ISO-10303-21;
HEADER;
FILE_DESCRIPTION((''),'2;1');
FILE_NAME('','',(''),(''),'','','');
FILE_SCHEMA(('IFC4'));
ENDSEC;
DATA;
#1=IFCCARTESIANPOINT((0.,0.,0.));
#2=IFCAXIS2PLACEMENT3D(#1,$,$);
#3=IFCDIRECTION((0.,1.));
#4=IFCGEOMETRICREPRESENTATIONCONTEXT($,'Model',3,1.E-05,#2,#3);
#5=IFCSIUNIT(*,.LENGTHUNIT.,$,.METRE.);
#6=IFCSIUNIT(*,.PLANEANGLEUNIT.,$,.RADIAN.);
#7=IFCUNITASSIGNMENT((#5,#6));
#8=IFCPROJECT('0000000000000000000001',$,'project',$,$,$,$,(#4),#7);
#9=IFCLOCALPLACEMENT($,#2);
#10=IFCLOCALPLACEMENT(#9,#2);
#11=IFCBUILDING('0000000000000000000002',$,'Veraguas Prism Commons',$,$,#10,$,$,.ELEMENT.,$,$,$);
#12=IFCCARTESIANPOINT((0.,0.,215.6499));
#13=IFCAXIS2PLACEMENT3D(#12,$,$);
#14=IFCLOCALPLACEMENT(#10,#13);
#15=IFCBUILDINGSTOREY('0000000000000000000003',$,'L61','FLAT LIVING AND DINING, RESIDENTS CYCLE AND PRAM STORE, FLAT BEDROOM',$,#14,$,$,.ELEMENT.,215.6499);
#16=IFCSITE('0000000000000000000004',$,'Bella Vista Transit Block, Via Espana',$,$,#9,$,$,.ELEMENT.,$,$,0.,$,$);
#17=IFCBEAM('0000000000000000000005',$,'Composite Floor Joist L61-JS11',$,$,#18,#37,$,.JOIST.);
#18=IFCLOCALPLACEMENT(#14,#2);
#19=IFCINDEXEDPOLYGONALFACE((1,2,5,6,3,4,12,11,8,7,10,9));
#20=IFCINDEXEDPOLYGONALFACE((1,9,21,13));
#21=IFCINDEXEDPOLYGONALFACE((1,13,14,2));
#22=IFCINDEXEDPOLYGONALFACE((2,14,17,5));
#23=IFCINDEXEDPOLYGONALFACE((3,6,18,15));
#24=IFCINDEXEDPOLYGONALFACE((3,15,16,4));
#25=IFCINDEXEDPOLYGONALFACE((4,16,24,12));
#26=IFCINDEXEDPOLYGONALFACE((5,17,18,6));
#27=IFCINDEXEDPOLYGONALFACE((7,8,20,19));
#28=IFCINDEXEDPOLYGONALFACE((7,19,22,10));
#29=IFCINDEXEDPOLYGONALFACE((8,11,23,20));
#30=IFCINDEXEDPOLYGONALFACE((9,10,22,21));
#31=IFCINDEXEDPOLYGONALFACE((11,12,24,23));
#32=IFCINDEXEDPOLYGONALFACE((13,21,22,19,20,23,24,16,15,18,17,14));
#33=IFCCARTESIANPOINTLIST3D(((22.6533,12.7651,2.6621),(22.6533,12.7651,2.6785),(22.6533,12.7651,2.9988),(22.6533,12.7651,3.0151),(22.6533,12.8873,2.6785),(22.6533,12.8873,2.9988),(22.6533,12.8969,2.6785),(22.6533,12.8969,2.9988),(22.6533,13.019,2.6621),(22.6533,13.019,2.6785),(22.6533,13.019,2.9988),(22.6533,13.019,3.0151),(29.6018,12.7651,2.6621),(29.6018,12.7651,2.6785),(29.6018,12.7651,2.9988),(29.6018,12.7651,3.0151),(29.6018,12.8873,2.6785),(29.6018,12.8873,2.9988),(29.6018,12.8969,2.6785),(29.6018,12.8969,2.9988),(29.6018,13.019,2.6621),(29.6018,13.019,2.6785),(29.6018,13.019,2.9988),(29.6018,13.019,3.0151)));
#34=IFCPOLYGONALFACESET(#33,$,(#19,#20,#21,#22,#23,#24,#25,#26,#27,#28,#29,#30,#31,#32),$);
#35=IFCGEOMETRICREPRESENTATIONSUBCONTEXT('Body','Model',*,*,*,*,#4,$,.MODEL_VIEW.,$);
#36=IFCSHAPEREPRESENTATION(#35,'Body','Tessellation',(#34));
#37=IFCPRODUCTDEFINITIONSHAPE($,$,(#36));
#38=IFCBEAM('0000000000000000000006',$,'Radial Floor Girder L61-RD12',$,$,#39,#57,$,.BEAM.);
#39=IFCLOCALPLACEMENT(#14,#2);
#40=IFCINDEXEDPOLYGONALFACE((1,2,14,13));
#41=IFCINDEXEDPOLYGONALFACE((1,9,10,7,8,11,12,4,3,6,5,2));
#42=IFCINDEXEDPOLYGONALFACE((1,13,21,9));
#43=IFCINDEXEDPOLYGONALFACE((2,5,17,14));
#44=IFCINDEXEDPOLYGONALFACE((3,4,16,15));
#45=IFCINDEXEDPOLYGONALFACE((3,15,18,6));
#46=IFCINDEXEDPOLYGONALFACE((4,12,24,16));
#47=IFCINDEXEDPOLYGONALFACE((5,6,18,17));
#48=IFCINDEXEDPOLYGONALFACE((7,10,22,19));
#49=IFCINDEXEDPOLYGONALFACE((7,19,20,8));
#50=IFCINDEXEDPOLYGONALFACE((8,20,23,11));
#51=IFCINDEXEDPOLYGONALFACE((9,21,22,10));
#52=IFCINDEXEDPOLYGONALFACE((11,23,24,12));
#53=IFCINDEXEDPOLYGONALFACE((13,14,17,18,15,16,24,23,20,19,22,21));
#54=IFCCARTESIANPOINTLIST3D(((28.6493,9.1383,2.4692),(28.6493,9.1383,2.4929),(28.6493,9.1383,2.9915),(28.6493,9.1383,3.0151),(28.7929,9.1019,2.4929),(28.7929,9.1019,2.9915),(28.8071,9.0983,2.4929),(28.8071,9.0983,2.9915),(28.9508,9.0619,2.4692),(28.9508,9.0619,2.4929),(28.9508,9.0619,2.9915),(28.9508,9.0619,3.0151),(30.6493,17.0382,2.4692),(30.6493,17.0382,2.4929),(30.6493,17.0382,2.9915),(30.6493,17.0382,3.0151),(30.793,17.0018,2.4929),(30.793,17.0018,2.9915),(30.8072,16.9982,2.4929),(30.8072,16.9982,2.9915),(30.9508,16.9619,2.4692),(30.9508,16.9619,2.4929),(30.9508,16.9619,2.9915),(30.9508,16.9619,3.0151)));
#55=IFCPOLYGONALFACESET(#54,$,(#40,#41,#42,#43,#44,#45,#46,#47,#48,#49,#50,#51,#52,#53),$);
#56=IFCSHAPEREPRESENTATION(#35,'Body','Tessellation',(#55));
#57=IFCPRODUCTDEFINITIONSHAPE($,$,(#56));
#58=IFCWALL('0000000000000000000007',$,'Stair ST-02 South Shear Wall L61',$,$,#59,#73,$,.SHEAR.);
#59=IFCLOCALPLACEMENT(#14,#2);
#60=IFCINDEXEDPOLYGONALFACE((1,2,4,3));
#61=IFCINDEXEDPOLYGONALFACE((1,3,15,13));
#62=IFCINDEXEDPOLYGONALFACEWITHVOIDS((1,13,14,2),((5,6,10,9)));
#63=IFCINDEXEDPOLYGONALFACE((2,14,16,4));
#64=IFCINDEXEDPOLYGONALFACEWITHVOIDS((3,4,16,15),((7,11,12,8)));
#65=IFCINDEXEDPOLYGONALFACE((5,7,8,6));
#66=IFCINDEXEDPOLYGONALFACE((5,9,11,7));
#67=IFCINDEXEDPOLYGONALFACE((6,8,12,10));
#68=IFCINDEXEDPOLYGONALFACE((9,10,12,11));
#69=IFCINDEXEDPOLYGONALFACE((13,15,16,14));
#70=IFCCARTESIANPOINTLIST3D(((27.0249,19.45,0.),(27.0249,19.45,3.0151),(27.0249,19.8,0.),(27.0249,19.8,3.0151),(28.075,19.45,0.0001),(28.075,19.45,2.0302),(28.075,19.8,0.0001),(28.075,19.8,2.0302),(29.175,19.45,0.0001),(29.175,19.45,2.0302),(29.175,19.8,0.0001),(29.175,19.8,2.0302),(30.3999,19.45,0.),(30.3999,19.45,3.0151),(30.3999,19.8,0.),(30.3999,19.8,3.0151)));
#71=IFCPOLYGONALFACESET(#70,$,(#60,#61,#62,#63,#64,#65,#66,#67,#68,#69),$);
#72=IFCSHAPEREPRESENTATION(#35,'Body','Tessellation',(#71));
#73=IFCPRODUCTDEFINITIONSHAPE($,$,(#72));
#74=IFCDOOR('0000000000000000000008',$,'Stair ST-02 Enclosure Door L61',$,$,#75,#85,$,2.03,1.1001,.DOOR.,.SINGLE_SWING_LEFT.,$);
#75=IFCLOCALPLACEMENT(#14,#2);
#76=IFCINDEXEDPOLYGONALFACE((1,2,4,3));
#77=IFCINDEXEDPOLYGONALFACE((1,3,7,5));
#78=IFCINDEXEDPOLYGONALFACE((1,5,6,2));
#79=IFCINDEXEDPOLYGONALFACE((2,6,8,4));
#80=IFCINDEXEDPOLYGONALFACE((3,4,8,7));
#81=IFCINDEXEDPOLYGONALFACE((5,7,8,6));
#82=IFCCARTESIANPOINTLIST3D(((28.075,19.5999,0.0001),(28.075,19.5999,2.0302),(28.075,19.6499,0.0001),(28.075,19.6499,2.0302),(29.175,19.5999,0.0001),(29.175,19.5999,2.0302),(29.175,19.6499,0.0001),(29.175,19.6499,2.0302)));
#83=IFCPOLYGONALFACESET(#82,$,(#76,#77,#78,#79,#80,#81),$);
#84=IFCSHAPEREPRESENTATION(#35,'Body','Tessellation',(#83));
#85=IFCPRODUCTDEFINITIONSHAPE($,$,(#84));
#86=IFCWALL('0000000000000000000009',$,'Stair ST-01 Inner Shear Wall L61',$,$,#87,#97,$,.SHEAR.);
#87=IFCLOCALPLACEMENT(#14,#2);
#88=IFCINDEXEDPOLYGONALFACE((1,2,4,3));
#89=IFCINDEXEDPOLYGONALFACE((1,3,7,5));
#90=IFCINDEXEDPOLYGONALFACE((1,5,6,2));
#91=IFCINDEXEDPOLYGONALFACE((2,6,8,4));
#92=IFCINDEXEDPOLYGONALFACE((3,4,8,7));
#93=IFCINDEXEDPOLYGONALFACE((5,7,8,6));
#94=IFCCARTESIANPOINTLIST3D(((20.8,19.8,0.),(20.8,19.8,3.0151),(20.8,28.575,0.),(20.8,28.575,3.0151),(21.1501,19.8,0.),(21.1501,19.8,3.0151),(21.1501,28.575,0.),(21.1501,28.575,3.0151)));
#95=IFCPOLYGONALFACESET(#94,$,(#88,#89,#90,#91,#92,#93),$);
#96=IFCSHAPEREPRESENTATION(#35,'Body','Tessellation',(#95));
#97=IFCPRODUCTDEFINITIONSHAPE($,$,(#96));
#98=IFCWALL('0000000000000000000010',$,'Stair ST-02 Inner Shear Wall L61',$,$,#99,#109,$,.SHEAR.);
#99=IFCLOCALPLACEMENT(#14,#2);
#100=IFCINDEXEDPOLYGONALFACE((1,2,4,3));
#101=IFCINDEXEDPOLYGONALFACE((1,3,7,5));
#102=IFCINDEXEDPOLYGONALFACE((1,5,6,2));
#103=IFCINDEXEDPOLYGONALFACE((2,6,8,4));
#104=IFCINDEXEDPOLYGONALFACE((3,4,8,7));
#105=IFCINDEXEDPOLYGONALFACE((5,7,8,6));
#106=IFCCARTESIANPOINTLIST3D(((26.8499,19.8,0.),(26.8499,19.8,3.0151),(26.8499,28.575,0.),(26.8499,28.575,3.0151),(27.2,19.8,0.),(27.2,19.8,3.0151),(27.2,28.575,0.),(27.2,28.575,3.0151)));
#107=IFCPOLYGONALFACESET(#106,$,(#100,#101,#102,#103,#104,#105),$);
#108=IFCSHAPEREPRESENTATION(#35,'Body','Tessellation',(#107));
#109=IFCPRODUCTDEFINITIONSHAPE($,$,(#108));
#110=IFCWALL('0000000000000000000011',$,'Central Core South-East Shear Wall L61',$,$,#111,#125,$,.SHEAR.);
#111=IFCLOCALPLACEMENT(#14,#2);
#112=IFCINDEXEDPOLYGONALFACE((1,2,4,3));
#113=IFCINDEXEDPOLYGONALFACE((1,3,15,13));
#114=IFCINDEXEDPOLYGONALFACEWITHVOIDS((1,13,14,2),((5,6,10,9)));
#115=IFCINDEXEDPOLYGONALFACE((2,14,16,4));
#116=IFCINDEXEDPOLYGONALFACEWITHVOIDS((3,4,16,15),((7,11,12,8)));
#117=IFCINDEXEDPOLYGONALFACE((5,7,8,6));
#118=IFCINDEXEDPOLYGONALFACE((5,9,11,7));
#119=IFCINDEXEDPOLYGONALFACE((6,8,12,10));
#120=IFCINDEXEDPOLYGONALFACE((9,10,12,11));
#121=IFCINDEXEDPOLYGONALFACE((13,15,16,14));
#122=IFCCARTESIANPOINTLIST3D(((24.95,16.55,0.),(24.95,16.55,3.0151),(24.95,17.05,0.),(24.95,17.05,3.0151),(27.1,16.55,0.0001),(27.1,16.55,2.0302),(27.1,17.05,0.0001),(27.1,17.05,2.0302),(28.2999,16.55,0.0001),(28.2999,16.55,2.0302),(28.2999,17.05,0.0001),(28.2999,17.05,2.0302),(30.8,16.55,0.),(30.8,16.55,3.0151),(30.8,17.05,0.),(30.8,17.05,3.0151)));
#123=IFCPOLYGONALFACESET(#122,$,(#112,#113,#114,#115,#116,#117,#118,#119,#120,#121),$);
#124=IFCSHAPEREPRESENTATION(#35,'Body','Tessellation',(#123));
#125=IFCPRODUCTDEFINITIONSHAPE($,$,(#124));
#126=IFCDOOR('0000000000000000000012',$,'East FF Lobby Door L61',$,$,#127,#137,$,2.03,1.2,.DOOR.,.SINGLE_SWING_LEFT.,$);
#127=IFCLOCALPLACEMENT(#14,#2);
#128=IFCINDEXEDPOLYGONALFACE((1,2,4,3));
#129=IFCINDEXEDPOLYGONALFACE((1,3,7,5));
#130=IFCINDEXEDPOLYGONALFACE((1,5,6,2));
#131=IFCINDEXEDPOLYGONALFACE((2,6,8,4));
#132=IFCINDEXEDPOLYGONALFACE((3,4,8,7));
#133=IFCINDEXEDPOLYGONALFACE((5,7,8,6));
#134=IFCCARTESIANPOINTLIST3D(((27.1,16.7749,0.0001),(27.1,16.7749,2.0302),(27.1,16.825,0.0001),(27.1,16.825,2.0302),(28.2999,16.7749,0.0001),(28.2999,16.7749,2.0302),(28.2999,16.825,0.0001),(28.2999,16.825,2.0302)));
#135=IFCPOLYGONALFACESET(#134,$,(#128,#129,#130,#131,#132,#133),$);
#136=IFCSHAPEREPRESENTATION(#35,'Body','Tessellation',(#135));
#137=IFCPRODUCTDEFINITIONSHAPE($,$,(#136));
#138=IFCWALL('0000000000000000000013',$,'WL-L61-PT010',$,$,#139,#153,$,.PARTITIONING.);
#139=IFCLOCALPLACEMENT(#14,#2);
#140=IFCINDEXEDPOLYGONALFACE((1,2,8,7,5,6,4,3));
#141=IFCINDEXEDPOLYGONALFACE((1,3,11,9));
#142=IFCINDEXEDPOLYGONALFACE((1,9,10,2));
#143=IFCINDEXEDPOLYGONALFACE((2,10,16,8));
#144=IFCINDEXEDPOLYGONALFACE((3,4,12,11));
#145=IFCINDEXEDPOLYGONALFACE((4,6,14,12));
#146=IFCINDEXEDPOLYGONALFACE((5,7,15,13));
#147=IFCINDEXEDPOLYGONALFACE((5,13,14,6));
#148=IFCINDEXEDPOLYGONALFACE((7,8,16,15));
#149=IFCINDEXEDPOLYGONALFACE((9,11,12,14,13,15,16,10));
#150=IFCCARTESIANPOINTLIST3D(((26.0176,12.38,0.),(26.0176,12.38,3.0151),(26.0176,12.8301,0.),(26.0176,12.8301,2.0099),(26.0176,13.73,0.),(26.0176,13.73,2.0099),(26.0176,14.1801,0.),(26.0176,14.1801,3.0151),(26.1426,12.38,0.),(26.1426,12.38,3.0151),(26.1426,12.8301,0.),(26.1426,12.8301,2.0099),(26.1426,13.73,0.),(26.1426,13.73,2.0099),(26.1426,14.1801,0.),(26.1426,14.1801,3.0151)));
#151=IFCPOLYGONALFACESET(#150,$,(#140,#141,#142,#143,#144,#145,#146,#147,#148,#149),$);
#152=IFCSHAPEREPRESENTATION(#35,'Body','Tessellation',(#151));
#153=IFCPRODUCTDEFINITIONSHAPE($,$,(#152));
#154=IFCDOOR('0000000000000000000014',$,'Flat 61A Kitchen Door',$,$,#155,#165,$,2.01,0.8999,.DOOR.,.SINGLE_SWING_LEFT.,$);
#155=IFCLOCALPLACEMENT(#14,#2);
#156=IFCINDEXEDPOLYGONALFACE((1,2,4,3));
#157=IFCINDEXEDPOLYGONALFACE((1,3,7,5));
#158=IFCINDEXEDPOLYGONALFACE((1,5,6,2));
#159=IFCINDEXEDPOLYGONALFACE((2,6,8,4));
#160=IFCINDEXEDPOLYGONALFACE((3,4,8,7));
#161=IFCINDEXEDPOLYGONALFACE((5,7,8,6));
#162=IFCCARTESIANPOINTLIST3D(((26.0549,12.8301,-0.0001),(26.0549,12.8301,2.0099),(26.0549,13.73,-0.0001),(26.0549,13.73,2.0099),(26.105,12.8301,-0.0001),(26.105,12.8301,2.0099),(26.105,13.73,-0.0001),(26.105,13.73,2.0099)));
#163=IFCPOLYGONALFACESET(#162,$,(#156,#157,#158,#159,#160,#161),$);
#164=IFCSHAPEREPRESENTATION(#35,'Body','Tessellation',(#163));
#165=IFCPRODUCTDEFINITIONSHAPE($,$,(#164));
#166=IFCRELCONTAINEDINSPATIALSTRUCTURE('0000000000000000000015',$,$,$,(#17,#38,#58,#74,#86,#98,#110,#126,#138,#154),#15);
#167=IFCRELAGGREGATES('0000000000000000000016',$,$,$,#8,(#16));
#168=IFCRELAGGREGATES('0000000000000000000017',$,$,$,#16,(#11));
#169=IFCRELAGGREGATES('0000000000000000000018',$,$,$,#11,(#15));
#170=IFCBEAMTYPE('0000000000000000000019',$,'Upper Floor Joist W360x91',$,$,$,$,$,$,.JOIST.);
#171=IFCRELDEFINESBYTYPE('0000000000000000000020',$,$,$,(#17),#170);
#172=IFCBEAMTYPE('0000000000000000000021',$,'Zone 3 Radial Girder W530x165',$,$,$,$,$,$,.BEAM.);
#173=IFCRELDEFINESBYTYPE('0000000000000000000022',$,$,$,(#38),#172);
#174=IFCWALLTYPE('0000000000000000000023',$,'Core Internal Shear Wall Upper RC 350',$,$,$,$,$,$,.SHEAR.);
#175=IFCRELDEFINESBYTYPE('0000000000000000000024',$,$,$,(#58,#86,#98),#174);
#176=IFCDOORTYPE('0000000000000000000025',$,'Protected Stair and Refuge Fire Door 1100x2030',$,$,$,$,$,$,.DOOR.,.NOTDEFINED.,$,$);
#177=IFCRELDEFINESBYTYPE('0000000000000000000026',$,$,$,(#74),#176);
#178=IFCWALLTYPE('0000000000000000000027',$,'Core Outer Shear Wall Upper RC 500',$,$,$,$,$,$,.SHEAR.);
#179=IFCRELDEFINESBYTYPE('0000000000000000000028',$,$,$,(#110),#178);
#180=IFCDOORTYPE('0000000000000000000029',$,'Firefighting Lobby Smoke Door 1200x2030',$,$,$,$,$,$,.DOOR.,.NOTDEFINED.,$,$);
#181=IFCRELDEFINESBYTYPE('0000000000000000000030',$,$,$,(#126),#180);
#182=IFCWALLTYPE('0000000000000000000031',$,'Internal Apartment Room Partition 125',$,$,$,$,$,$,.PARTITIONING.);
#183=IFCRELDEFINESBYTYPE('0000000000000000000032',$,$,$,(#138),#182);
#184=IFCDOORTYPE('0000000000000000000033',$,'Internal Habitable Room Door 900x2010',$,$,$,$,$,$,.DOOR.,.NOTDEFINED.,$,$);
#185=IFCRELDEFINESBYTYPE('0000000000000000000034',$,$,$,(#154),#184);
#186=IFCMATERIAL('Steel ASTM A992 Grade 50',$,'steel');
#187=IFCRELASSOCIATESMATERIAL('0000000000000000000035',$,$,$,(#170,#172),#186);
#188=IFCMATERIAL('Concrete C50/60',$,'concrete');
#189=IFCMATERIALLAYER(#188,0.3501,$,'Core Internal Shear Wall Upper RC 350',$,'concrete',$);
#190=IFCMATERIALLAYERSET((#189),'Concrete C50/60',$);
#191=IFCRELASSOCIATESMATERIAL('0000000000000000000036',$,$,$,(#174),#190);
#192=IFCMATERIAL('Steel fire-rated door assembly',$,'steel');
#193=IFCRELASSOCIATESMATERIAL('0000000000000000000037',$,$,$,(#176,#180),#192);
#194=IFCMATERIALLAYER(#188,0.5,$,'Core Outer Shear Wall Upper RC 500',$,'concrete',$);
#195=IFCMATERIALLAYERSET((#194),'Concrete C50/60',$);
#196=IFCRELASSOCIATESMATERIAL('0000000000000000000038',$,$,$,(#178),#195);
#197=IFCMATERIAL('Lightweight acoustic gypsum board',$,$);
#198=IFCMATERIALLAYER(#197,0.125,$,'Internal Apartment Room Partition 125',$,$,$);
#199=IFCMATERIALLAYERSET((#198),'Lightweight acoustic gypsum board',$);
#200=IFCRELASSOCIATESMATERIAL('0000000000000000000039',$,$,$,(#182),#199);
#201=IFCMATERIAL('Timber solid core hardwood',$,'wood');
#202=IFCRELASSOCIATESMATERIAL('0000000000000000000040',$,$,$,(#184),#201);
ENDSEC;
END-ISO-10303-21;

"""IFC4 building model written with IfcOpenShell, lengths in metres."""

from ifc_helpers import new_model, si_unit, direction, frame, frame_2d, origin, origin_2d, place, context, subcontext, project, spatial, rectangle, i_section, extrude, source, transform, mapped, material, layer, layer_set, material_profile, profile_set, type_object, element, fill, save


model = new_model("IFC4")

# Units and contexts
model_context = context("Model", 3, precision=1e-05, world=origin(), true_north=direction((0.0, 1.0)))
body_context = subcontext(model_context, "Body", "Model", "MODEL_VIEW")
ifc_project = project(units=[si_unit("LENGTHUNIT", "METRE"), si_unit("PLANEANGLEUNIT", "RADIAN")], contexts=[model_context])

# Site, building, storey
site_placement = place(None, origin())
site = spatial("IfcSite", under=ifc_project, at=site_placement, Name="Bella Vista Transit Block, Via Espana", CompositionType="ELEMENT", RefElevation=0.0)
building_placement = place(site_placement, origin())
building = spatial("IfcBuilding", under=site, at=building_placement, Name="Veraguas Prism Commons", CompositionType="ELEMENT")
storey_placement = place(building_placement, frame((0.0, 0.0, 215.6499)))
storey = spatial("IfcBuildingStorey", under=building, at=storey_placement, Name="L61", Description="FLAT LIVING AND DINING, RESIDENTS CYCLE AND PRAM STORE, FLAT BEDROOM", CompositionType="ELEMENT", Elevation=215.6499)

# Beams
ifc_material_1 = material(Name="Steel ASTM A992 Grade 50", Category="steel")
ifc_material_profile_1 = material_profile(ifc_material_1, i_section(OverallWidth=0.2539, OverallDepth=0.353, WebThickness=0.0095, FlangeThickness=0.0164, at=origin_2d()), Name="W360X91")
ifc_profile_set_1 = profile_set([ifc_material_profile_1], Name="Steel ASTM A992 Grade 50")
beam_type_1 = type_object("IfcBeamType", Name="Upper Floor Joist W360x91", PredefinedType="JOIST", material=ifc_profile_set_1)
beam_1_placement = place(storey_placement, frame((22.6533, 12.8921, 2.8386), z_axis=(1.0, 0.0, 0.0), x_axis=(0.0, 1.0, 0.0)))
element("IfcBeam", 1, at=beam_1_placement, inside=storey, type_object=beam_type_1, Name="Composite Floor Joist L61-JS11", PredefinedType="JOIST", context=body_context, shape_type="SweptSolid", body=[
    extrude(i_section(OverallWidth=0.2539, OverallDepth=0.353, WebThickness=0.0095, FlangeThickness=0.0164, at=origin_2d()), origin(), (0.0, 0.0, 1.0), 6.9485),
])
ifc_material_profile_2 = material_profile(ifc_material_1, i_section(OverallWidth=0.311, OverallDepth=0.5459, WebThickness=0.0146, FlangeThickness=0.0237, at=origin_2d()), Name="W530X165")
ifc_profile_set_2 = profile_set([ifc_material_profile_2], Name="Steel ASTM A992 Grade 50")
beam_type_2 = type_object("IfcBeamType", Name="Zone 3 Radial Girder W530x165", PredefinedType="BEAM", material=ifc_profile_set_2)
beam_2_placement = place(storey_placement, frame((28.8, 9.1001, 2.7422), z_axis=(0.245425, 0.969416, 0.0), x_axis=(-0.969416, 0.245425, 0.0)))
element("IfcBeam", 2, at=beam_2_placement, inside=storey, type_object=beam_type_2, Name="Radial Floor Girder L61-RD12", PredefinedType="BEAM", context=body_context, shape_type="SweptSolid", body=[
    extrude(i_section(OverallWidth=0.311, OverallDepth=0.5459, WebThickness=0.0146, FlangeThickness=0.0237, at=origin_2d()), origin(), (0.0, 0.0, 1.0), 8.1492),
])

# Wall, opening, door
ifc_material_2 = material(Name="Concrete C50/60", Category="concrete")
ifc_layer_1 = layer(ifc_material_2, 0.3501, Name="Core Internal Shear Wall Upper RC 350", Category="concrete")
ifc_layer_set_1 = layer_set([ifc_layer_1], Name="Concrete C50/60")
wall_type_1 = type_object("IfcWallType", Name="Core Internal Shear Wall Upper RC 350", PredefinedType="SHEAR", material=ifc_layer_set_1)
wall_1_placement = place(storey_placement, frame((27.0249, 19.625, 0.0), z_axis=(0.0, 0.0, 1.0), x_axis=(1.0, 0.0, 0.0)))
wall_1 = element("IfcWall", 3, at=wall_1_placement, inside=storey, type_object=wall_type_1, Name="Stair ST-02 South Shear Wall L61", PredefinedType="SHEAR", context=body_context, shape_type="SweptSolid", body=[
    extrude(rectangle(XDim=3.375, YDim=0.3501, at=frame_2d((1.6875, 0.0))), origin(), (0.0, 0.0, 1.0), 3.0151),
])
opening_1_placement = place(wall_1_placement, frame((1.05, 0.0, 0.0)))
opening_1 = element("IfcOpeningElement", 4, at=opening_1_placement, cuts=wall_1, PredefinedType="OPENING", context=body_context, shape_type="SweptSolid", body=[
    extrude(rectangle(XDim=1.1001, YDim=2.03, at=frame_2d((0.55, 1.0151))), frame((0.0, 0.1851, 0.0), z_axis=(0.0, -1.0, 0.0), x_axis=(1.0, 0.0, 0.0)), (0.0, 0.0, 1.0), 0.3701),
])
ifc_material_3 = material(Name="Steel fire-rated door assembly", Category="steel")
door_type_1 = type_object("IfcDoorType", Name="Protected Stair and Refuge Fire Door 1100x2030", OperationType="NOTDEFINED", PredefinedType="DOOR", material=ifc_material_3)
shared_shape_1 = source(origin(), body_context, "Body", "SweptSolid", [
    extrude(rectangle(XDim=1.1001, YDim=2.03, at=frame_2d((0.55, 1.0151))), frame((0.0, 0.0249, 0.0), z_axis=(0.0, -1.0, 0.0), x_axis=(1.0, 0.0, 0.0)), (0.0, 0.0, 1.0), 0.05),
])
door_1_placement = place(opening_1_placement, origin())
door_1 = element("IfcDoor", 5, at=door_1_placement, inside=storey, type_object=door_type_1, Name="Stair ST-02 Enclosure Door L61", OperationType="SINGLE_SWING_LEFT", OverallHeight=2.03, OverallWidth=1.1001, PredefinedType="DOOR", context=body_context, shape_type="MappedRepresentation", body=[
    mapped(shared_shape_1, transform((0.0, 0.0, 0.0), scale=1.0)),
])
fill(opening_1, door_1)

# Walls
for number, where, z_axis, x_axis, name in (
    (6, (20.9751, 19.8, 0.0), (0.0, 0.0, 1.0), (0.0, 1.0, 0.0), "Stair ST-01 Inner Shear Wall L61"),
    (7, (27.0249, 19.8, 0.0), (0.0, 0.0, 1.0), (0.0, 1.0, 0.0), "Stair ST-02 Inner Shear Wall L61"),
):
    element("IfcWall", number, at=place(storey_placement, frame(where, z_axis=z_axis, x_axis=x_axis)), inside=storey, type_object=wall_type_1, Name=name, PredefinedType="SHEAR", context=body_context, shape_type="SweptSolid", body=[
        extrude(rectangle(XDim=8.7749, YDim=0.3501, at=frame_2d((4.3875, 0.0))), origin(), (0.0, 0.0, 1.0), 3.0151),
    ])

# Walls, openings, doors
ifc_layer_2 = layer(ifc_material_2, 0.5, Name="Core Outer Shear Wall Upper RC 500", Category="concrete")
ifc_layer_set_2 = layer_set([ifc_layer_2], Name="Concrete C50/60")
wall_type_2 = type_object("IfcWallType", Name="Core Outer Shear Wall Upper RC 500", PredefinedType="SHEAR", material=ifc_layer_set_2)
wall_2_placement = place(storey_placement, frame((24.95, 16.8, 0.0), z_axis=(0.0, 0.0, 1.0), x_axis=(1.0, 0.0, 0.0)))
wall_2 = element("IfcWall", 8, at=wall_2_placement, inside=storey, type_object=wall_type_2, Name="Central Core South-East Shear Wall L61", PredefinedType="SHEAR", context=body_context, shape_type="SweptSolid", body=[
    extrude(rectangle(XDim=5.8501, YDim=0.5, at=frame_2d((2.925, 0.0))), origin(), (0.0, 0.0, 1.0), 3.0151),
])
opening_2_placement = place(wall_2_placement, frame((2.1499, 0.0, 0.0)))
opening_2 = element("IfcOpeningElement", 9, at=opening_2_placement, cuts=wall_2, PredefinedType="OPENING", context=body_context, shape_type="SweptSolid", body=[
    extrude(rectangle(XDim=1.2, YDim=2.03, at=frame_2d((0.6001, 1.0151))), frame((0.0, 0.26, 0.0), z_axis=(0.0, -1.0, 0.0), x_axis=(1.0, 0.0, 0.0)), (0.0, 0.0, 1.0), 0.52),
])
door_type_2 = type_object("IfcDoorType", Name="Firefighting Lobby Smoke Door 1200x2030", OperationType="NOTDEFINED", PredefinedType="DOOR", material=ifc_material_3)
shared_shape_2 = source(origin(), body_context, "Body", "SweptSolid", [
    extrude(rectangle(XDim=1.2, YDim=2.03, at=frame_2d((0.6001, 1.0151))), frame((0.0, 0.0249, 0.0), z_axis=(0.0, -1.0, 0.0), x_axis=(1.0, 0.0, 0.0)), (0.0, 0.0, 1.0), 0.05),
])
door_2_placement = place(opening_2_placement, origin())
door_2 = element("IfcDoor", 10, at=door_2_placement, inside=storey, type_object=door_type_2, Name="East FF Lobby Door L61", OperationType="SINGLE_SWING_LEFT", OverallHeight=2.03, OverallWidth=1.2, PredefinedType="DOOR", context=body_context, shape_type="MappedRepresentation", body=[
    mapped(shared_shape_2, transform((0.0, 0.0, 0.0), scale=1.0)),
])
fill(opening_2, door_2)
ifc_material_4 = material(Name="Lightweight acoustic gypsum board")
ifc_layer_3 = layer(ifc_material_4, 0.125, Name="Internal Apartment Room Partition 125")
ifc_layer_set_3 = layer_set([ifc_layer_3], Name="Lightweight acoustic gypsum board")
wall_type_3 = type_object("IfcWallType", Name="Internal Apartment Room Partition 125", PredefinedType="PARTITIONING", material=ifc_layer_set_3)
wall_3_placement = place(storey_placement, frame((26.0801, 14.1799, 0.0), z_axis=(0.0, 0.0, 1.0), x_axis=(0.0, -1.0, 0.0)))
wall_3 = element("IfcWall", 11, at=wall_3_placement, inside=storey, type_object=wall_type_3, Name="WL-L61-PT010", PredefinedType="PARTITIONING", context=body_context, shape_type="SweptSolid", body=[
    extrude(rectangle(XDim=1.8, YDim=0.125, at=frame_2d((0.8999, 0.0))), origin(), (0.0, 0.0, 1.0), 3.0151),
])
opening_3_placement = place(wall_3_placement, frame((0.45, 0.0, 0.0)))
opening_3 = element("IfcOpeningElement", 12, at=opening_3_placement, cuts=wall_3, PredefinedType="OPENING", context=body_context, shape_type="SweptSolid", body=[
    extrude(rectangle(XDim=0.8999, YDim=2.01, at=frame_2d((0.45, 1.0049))), frame((0.0, 0.0725, 0.0), z_axis=(0.0, -1.0, 0.0), x_axis=(1.0, 0.0, 0.0)), (0.0, 0.0, 1.0), 0.145),
])
ifc_material_5 = material(Name="Timber solid core hardwood", Category="wood")
door_type_3 = type_object("IfcDoorType", Name="Internal Habitable Room Door 900x2010", OperationType="NOTDEFINED", PredefinedType="DOOR", material=ifc_material_5)
shared_shape_3 = source(origin(), body_context, "Body", "SweptSolid", [
    extrude(rectangle(XDim=0.8999, YDim=2.01, at=frame_2d((0.45, 1.0049))), frame((0.0, 0.0249, 0.0), z_axis=(0.0, -1.0, 0.0), x_axis=(1.0, 0.0, 0.0)), (0.0, 0.0, 1.0), 0.05),
])
door_3_placement = place(opening_3_placement, origin())
door_3 = element("IfcDoor", 13, at=door_3_placement, inside=storey, type_object=door_type_3, Name="Flat 61A Kitchen Door", OperationType="SINGLE_SWING_LEFT", OverallHeight=2.01, OverallWidth=0.8999, PredefinedType="DOOR", context=body_context, shape_type="MappedRepresentation", body=[
    mapped(shared_shape_3, transform((0.0, 0.0, 0.0), scale=1.0)),
])
fill(opening_3, door_3)

save(model, "model.ifc")
